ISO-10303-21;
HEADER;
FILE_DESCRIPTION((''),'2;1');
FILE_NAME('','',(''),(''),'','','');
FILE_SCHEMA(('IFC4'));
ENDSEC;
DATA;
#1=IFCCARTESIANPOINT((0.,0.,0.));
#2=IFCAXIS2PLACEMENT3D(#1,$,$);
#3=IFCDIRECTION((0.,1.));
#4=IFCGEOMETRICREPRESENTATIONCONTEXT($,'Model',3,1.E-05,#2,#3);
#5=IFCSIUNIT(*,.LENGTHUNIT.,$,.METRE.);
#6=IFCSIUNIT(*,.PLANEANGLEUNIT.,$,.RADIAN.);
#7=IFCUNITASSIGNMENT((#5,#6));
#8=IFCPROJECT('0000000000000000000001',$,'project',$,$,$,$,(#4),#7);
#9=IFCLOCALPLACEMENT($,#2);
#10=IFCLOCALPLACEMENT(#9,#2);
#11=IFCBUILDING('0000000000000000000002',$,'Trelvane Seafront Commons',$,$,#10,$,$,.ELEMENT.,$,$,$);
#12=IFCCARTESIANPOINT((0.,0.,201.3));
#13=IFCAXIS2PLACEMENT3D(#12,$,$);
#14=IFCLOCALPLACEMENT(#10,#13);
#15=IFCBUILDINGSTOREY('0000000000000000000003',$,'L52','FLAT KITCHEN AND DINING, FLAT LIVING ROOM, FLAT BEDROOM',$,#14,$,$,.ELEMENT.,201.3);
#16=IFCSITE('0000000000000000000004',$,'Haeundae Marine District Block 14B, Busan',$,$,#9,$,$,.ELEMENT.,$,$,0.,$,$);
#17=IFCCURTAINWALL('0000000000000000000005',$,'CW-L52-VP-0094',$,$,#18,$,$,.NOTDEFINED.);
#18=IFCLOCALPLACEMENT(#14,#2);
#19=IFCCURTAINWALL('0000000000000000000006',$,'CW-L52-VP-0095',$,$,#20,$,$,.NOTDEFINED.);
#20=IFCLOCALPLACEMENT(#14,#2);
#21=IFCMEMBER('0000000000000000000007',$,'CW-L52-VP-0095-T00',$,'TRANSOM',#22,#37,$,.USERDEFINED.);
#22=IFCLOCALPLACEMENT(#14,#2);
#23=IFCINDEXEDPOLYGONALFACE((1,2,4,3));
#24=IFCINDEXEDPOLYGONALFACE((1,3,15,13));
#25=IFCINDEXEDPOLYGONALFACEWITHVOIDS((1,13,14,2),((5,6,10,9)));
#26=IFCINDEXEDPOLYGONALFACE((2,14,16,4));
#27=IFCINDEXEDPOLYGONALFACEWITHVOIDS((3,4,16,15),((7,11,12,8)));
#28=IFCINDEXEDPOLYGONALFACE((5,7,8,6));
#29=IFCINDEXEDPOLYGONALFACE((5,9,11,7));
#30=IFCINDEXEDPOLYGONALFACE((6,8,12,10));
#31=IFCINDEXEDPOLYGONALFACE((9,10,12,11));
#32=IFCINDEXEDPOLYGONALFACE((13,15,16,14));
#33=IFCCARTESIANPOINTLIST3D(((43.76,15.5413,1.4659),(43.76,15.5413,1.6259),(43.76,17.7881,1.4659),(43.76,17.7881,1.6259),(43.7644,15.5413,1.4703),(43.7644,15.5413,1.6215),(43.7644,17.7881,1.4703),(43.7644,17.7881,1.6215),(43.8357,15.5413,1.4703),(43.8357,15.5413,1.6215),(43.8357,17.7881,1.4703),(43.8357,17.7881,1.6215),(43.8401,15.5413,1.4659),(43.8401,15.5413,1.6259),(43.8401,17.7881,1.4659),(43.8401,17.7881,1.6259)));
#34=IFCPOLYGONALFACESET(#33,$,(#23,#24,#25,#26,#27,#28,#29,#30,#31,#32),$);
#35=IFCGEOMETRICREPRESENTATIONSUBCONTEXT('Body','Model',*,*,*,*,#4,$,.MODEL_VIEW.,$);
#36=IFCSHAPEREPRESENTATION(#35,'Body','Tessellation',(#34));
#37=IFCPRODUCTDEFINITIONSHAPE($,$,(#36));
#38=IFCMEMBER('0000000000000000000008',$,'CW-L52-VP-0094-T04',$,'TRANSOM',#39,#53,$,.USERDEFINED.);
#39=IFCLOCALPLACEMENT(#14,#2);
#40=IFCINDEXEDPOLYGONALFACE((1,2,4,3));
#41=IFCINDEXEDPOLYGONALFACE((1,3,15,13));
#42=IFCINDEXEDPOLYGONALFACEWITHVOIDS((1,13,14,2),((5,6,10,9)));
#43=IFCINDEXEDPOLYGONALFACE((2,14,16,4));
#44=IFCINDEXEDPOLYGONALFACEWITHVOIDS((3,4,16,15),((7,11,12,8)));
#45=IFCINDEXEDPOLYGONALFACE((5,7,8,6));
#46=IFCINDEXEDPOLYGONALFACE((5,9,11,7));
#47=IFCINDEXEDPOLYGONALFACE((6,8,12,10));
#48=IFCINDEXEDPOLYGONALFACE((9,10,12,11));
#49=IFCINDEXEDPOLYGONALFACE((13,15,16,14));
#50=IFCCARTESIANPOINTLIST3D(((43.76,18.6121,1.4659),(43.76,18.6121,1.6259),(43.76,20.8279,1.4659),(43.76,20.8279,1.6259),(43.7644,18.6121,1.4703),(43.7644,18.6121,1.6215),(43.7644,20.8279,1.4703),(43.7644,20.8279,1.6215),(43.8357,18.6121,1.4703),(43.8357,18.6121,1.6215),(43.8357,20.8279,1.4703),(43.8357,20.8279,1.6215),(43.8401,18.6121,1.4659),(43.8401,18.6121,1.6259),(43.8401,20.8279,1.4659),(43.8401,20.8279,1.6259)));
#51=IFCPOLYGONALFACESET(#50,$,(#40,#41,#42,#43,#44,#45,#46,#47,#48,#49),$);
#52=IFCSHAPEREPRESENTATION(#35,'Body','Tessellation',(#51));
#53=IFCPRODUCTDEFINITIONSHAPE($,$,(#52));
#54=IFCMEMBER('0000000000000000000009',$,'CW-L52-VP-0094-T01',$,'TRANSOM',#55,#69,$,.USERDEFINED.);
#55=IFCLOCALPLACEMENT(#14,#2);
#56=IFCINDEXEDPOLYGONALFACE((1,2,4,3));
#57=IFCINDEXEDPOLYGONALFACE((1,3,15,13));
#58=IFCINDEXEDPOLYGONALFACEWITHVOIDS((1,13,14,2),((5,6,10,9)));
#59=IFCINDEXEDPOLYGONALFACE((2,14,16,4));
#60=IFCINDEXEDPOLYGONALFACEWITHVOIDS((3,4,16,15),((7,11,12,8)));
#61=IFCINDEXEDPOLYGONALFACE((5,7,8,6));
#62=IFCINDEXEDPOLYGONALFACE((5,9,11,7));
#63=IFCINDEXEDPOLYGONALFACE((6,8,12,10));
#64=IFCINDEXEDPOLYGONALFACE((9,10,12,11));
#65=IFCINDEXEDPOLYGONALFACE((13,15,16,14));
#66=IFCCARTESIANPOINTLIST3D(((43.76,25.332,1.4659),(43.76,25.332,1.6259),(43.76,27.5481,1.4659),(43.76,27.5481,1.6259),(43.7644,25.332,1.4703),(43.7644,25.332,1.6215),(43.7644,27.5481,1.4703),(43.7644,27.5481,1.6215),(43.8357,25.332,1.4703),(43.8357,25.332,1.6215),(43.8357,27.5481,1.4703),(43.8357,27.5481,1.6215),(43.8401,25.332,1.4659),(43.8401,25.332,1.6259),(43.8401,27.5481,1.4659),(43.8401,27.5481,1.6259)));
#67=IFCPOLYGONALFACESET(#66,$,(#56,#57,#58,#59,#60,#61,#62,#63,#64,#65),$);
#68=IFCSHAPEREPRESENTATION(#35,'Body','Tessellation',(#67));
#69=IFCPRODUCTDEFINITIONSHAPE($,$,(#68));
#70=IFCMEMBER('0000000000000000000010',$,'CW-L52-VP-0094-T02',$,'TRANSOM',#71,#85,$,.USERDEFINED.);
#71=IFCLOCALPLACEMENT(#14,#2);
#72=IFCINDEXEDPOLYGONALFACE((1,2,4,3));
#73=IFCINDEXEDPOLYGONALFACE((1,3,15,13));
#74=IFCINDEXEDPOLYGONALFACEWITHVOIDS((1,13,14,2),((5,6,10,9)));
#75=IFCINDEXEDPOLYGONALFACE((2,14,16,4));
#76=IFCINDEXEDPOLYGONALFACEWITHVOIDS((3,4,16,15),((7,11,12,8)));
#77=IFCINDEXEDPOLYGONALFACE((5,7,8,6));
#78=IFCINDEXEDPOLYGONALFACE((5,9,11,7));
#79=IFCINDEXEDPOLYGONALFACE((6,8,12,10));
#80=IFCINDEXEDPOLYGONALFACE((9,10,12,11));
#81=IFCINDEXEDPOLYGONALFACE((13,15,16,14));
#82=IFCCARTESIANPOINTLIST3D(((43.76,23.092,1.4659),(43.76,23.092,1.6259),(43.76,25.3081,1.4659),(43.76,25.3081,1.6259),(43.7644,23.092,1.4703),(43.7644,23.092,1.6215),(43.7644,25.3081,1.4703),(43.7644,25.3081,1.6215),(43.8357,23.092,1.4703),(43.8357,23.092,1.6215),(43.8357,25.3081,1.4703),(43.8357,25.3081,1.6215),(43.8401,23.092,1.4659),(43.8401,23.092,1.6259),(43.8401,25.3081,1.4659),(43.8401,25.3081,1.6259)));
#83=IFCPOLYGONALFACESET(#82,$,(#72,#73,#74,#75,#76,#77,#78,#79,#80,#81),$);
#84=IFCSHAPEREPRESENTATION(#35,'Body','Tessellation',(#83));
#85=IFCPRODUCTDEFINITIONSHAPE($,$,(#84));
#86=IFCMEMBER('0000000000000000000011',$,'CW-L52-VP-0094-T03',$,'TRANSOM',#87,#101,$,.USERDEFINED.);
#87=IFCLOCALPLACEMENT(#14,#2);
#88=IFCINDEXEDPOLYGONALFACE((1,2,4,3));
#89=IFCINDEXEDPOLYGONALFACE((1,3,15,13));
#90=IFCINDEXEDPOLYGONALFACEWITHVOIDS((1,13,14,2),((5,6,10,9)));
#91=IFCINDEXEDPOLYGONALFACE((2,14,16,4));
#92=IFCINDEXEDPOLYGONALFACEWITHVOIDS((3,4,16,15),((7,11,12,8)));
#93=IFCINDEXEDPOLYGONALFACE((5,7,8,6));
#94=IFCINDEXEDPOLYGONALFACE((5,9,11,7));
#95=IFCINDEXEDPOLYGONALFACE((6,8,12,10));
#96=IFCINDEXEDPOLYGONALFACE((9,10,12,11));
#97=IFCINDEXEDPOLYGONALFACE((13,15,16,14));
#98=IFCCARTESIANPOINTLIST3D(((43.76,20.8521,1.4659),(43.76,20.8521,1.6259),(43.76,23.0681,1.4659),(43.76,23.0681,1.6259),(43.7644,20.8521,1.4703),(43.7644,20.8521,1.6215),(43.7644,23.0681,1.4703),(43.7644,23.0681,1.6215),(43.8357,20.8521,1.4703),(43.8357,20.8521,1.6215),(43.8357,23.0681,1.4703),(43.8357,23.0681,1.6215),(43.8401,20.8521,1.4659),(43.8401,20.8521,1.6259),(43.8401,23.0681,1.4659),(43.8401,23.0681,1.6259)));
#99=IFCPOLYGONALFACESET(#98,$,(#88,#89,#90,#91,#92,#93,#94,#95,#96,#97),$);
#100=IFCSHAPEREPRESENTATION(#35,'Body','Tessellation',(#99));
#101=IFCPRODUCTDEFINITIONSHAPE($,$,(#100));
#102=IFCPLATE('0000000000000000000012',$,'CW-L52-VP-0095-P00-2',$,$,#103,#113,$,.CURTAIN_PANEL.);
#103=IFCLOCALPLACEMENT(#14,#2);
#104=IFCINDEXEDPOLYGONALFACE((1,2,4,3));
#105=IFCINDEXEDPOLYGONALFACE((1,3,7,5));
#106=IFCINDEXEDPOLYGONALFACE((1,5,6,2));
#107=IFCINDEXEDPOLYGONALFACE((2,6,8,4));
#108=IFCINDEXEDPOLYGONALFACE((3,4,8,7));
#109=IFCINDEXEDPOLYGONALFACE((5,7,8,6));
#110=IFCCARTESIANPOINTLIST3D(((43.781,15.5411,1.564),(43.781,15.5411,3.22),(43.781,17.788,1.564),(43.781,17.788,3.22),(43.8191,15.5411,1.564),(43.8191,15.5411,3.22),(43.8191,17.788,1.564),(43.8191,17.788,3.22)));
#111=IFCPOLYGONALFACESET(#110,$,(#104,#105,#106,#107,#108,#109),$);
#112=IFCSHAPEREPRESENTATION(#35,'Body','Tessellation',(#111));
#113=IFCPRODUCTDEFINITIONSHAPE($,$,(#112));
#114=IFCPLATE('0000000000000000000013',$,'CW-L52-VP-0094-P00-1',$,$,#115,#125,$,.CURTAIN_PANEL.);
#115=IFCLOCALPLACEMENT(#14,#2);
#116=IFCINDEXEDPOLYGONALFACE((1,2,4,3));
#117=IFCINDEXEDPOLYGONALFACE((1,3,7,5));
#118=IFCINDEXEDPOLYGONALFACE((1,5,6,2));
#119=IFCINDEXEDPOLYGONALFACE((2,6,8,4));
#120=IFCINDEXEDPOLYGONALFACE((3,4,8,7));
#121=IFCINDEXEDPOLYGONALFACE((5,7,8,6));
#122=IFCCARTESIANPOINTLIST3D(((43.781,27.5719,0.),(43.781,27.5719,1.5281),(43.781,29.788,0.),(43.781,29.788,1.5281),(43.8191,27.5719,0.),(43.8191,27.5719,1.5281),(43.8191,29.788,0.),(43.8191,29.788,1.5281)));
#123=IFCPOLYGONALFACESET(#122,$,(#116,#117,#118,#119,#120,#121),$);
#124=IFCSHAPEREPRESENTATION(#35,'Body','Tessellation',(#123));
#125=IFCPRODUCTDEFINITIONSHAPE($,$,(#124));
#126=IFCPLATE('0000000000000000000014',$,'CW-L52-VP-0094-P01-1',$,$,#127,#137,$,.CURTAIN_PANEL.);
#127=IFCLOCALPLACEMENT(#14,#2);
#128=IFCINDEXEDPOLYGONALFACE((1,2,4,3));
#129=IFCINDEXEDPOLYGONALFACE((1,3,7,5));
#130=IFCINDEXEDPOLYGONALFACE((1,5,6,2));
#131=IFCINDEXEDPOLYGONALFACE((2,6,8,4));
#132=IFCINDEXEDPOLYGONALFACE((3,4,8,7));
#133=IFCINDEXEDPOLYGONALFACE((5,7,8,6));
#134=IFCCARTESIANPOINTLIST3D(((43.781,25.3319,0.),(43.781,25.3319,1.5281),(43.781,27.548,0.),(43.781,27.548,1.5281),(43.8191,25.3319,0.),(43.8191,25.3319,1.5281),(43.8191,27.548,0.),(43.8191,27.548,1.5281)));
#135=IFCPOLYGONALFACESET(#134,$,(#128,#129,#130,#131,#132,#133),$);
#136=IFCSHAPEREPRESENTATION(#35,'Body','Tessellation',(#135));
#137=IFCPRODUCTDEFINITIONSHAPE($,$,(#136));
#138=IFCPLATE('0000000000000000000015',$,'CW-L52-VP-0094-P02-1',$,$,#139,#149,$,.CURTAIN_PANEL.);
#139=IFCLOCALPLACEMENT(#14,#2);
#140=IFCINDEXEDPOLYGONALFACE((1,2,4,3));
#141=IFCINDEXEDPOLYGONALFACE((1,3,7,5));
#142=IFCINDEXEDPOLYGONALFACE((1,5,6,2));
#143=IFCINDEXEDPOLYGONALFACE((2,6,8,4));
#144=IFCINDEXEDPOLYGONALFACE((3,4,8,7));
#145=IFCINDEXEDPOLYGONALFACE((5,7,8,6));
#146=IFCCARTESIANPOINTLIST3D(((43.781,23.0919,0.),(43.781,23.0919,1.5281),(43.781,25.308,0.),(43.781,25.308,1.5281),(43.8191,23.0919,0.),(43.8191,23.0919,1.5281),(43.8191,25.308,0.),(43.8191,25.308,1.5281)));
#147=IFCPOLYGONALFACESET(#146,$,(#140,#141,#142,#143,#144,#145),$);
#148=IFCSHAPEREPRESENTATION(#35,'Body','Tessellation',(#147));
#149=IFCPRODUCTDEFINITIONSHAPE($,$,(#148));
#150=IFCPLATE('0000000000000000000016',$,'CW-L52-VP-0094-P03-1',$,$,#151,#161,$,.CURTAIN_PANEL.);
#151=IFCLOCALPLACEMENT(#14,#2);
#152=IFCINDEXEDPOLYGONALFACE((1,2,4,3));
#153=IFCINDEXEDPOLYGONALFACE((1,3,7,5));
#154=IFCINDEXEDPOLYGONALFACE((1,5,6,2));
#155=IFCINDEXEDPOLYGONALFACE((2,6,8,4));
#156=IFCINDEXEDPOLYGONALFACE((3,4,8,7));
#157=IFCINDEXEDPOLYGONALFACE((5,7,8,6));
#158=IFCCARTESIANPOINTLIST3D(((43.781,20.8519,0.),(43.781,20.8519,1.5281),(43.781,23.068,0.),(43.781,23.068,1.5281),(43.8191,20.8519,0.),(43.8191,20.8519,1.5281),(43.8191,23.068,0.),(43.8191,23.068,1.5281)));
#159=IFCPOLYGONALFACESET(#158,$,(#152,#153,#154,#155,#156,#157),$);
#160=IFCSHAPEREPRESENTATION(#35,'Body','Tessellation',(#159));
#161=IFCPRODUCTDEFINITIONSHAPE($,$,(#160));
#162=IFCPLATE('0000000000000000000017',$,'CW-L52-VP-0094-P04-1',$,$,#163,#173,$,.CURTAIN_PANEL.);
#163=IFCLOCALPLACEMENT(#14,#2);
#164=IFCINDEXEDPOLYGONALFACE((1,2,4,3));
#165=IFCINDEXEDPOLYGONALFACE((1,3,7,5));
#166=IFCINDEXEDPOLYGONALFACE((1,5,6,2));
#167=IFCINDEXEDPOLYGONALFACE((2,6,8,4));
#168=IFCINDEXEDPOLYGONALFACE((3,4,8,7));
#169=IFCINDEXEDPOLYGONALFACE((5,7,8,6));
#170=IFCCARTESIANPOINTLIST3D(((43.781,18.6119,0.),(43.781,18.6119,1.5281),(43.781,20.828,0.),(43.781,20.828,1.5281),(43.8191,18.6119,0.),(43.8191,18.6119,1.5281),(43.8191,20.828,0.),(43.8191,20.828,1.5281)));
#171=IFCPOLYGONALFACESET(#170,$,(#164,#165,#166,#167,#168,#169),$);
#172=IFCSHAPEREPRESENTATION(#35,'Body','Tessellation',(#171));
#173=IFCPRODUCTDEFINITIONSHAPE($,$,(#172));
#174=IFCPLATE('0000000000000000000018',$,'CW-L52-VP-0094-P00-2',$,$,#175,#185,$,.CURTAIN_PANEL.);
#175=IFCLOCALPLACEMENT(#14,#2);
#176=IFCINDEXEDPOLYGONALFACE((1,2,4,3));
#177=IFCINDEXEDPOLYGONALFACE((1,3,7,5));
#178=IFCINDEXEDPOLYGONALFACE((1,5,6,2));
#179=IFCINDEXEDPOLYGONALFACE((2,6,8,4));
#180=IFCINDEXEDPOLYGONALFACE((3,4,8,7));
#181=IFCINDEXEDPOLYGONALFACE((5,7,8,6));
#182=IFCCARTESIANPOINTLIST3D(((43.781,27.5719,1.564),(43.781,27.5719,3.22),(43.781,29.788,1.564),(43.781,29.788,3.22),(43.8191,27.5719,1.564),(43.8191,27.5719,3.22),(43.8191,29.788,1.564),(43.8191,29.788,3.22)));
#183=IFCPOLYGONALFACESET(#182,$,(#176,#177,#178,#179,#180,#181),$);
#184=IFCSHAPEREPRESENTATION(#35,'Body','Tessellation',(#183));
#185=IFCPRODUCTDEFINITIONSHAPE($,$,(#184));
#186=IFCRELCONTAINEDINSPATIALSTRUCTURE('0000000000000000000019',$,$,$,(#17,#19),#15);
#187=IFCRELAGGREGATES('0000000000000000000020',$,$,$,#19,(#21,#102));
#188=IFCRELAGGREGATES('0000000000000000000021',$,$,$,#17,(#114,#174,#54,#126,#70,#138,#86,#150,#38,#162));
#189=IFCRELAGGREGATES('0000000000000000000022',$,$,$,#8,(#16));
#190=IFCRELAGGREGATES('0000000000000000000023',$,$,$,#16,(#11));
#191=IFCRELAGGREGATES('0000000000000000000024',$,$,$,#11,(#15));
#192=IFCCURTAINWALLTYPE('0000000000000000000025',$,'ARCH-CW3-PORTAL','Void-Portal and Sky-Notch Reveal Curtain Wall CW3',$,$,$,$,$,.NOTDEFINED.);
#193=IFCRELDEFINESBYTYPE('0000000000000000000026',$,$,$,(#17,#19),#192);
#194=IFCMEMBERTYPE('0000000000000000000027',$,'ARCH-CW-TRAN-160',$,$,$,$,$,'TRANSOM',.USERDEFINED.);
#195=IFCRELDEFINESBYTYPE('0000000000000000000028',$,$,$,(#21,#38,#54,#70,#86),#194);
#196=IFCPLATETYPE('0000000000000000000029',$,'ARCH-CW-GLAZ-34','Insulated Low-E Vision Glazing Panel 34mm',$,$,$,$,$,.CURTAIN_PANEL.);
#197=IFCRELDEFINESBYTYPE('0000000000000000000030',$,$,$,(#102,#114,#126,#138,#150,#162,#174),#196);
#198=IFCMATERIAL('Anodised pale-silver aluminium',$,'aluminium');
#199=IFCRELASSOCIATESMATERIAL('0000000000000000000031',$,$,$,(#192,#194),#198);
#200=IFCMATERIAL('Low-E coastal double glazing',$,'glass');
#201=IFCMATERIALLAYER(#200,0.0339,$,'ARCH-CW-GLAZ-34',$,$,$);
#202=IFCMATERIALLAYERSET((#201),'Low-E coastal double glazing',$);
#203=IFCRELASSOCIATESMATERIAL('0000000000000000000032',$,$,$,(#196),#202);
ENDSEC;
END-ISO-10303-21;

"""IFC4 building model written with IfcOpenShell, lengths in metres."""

from ifc_helpers import new_model, si_unit, direction, frame, origin, origin_2d, place, context, subcontext, project, spatial, rectangle, hollow_rectangle, extrude, source, transform, mapped, material, layer, layer_set, material_profile, profile_set, type_object, element, aggregate, save


model = new_model("IFC4")

# Units and contexts
model_context = context("Model", 3, precision=1e-05, world=origin(), true_north=direction((0.0, 1.0)))
body_context = subcontext(model_context, "Body", "Model", "MODEL_VIEW")
ifc_project = project(units=[si_unit("LENGTHUNIT", "METRE"), si_unit("PLANEANGLEUNIT", "RADIAN")], contexts=[model_context])

# Site, building, storey
site_placement = place(None, origin())
site = spatial("IfcSite", under=ifc_project, at=site_placement, Name="Haeundae Marine District Block 14B, Busan", CompositionType="ELEMENT", RefElevation=0.0)
building_placement = place(site_placement, origin())
building = spatial("IfcBuilding", under=site, at=building_placement, Name="Trelvane Seafront Commons", CompositionType="ELEMENT")
storey_placement = place(building_placement, frame((0.0, 0.0, 201.3)))
storey = spatial("IfcBuildingStorey", under=building, at=storey_placement, Name="L52", Description="FLAT KITCHEN AND DINING, FLAT LIVING ROOM, FLAT BEDROOM", CompositionType="ELEMENT", Elevation=201.3)

# Shared definitions
ifc_material_1 = material(Name="Anodised pale-silver aluminium", Category="aluminium")
curtain_wall_type = type_object("IfcCurtainWallType", Name="ARCH-CW3-PORTAL", Description="Void-Portal and Sky-Notch Reveal Curtain Wall CW3", PredefinedType="NOTDEFINED", material=ifc_material_1)

# Curtain walls, member
curtain_wall_1_placement = place(storey_placement, origin())
curtain_wall_1 = element("IfcCurtainWall", 1, at=curtain_wall_1_placement, inside=storey, type_object=curtain_wall_type, Name="CW-L52-VP-0094", PredefinedType="NOTDEFINED")
curtain_wall_2_placement = place(storey_placement, origin())
curtain_wall_2 = element("IfcCurtainWall", 2, at=curtain_wall_2_placement, inside=storey, type_object=curtain_wall_type, Name="CW-L52-VP-0095", PredefinedType="NOTDEFINED")
ifc_material_profile_1 = material_profile(ifc_material_1, hollow_rectangle(XDim=0.0801, YDim=0.1599, WallThickness=0.0044, at=origin_2d()), Name="TRAN-80x160x4.5")
ifc_profile_set_1 = profile_set([ifc_material_profile_1], Name="Anodised pale-silver aluminium")
member_type_1 = type_object("IfcMemberType", Name="ARCH-CW-TRAN-160", ElementType="TRANSOM", PredefinedType="USERDEFINED", material=ifc_profile_set_1)
shared_shape_1 = source(origin(), body_context, "Body", "SweptSolid", [
    extrude(hollow_rectangle(XDim=0.0801, YDim=0.1599, WallThickness=0.0044, at=origin_2d()), origin(), (0.0, 0.0, 1.0), 2.2468),
])
member_1_placement = place(storey_placement, frame((43.8, 17.7881, 1.5459), z_axis=(0.0, -1.0, 0.0), x_axis=(1.0, 0.0, 0.0)))
member_1 = element("IfcMember", 3, at=member_1_placement, type_object=member_type_1, Name="CW-L52-VP-0095-T00", ObjectType="TRANSOM", PredefinedType="USERDEFINED", context=body_context, shape_type="MappedRepresentation", body=[
    mapped(shared_shape_1, transform((0.0, 0.0, 0.0), x_axis=(1.0, 0.0, 0.0), y_axis=(0.0, 1.0, 0.0), z_axis=(0.0, 0.0, 1.0), scale=1.0)),
])

# Members
shared_shape_2 = source(origin(), body_context, "Body", "SweptSolid", [
    extrude(hollow_rectangle(XDim=0.0801, YDim=0.1599, WallThickness=0.0044, at=origin_2d()), origin(), (0.0, 0.0, 1.0), 2.2158),
])
member_2_placement = place(storey_placement, frame((43.8, 20.8279, 1.5459), z_axis=(0.0, -1.0, 0.0), x_axis=(1.0, 0.0, 0.0)))
member_2 = element("IfcMember", 4, at=member_2_placement, type_object=member_type_1, Name="CW-L52-VP-0094-T04", ObjectType="TRANSOM", PredefinedType="USERDEFINED", context=body_context, shape_type="MappedRepresentation", body=[
    mapped(shared_shape_2, transform((0.0, 0.0, 0.0), x_axis=(1.0, 0.0, 0.0), y_axis=(0.0, 1.0, 0.0), z_axis=(0.0, 0.0, 1.0), scale=1.0)),
])
shared_shape_3 = source(origin(), body_context, "Body", "SweptSolid", [
    extrude(hollow_rectangle(XDim=0.0801, YDim=0.1599, WallThickness=0.0044, at=origin_2d()), origin(), (0.0, 0.0, 1.0), 2.2161),
])
member_3_placement = place(storey_placement, frame((43.8, 27.5481, 1.5459), z_axis=(0.0, -1.0, 0.0), x_axis=(1.0, 0.0, 0.0)))
member_3 = element("IfcMember", 5, at=member_3_placement, type_object=member_type_1, Name="CW-L52-VP-0094-T01", ObjectType="TRANSOM", PredefinedType="USERDEFINED", context=body_context, shape_type="MappedRepresentation", body=[
    mapped(shared_shape_3, transform((0.0, 0.0, 0.0), x_axis=(1.0, 0.0, 0.0), y_axis=(0.0, 1.0, 0.0), z_axis=(0.0, 0.0, 1.0), scale=1.0)),
])
member_4_placement = place(storey_placement, frame((43.8, 25.3081, 1.5459), z_axis=(0.0, -1.0, 0.0), x_axis=(1.0, 0.0, 0.0)))
member_4 = element("IfcMember", 6, at=member_4_placement, type_object=member_type_1, Name="CW-L52-VP-0094-T02", ObjectType="TRANSOM", PredefinedType="USERDEFINED", context=body_context, shape_type="MappedRepresentation", body=[
    mapped(shared_shape_3, transform((0.0, 0.0, 0.0), x_axis=(1.0, 0.0, 0.0), y_axis=(0.0, 1.0, 0.0), z_axis=(0.0, 0.0, 1.0), scale=1.0)),
])
member_5_placement = place(storey_placement, frame((43.8, 23.0681, 1.5459), z_axis=(0.0, -1.0, 0.0), x_axis=(1.0, 0.0, 0.0)))
member_5 = element("IfcMember", 7, at=member_5_placement, type_object=member_type_1, Name="CW-L52-VP-0094-T03", ObjectType="TRANSOM", PredefinedType="USERDEFINED", context=body_context, shape_type="MappedRepresentation", body=[
    mapped(shared_shape_3, transform((0.0, 0.0, 0.0), x_axis=(1.0, 0.0, 0.0), y_axis=(0.0, 1.0, 0.0), z_axis=(0.0, 0.0, 1.0), scale=1.0)),
])

# Plates
ifc_material_2 = material(Name="Low-E coastal double glazing", Category="glass")
ifc_layer_1 = layer(ifc_material_2, 0.0339, Name="ARCH-CW-GLAZ-34")
ifc_layer_set_1 = layer_set([ifc_layer_1], Name="Low-E coastal double glazing")
plate_type = type_object("IfcPlateType", Name="ARCH-CW-GLAZ-34", Description="Insulated Low-E Vision Glazing Panel 34mm", PredefinedType="CURTAIN_PANEL", material=ifc_layer_set_1)
shared_shape_4 = source(origin(), body_context, "Body", "SweptSolid", [
    extrude(rectangle(XDim=2.2468, YDim=0.0381, at=origin_2d()), origin(), (0.0, 0.0, 1.0), 1.656),
])
plate_1_placement = place(storey_placement, frame((43.8, 16.6646, 1.564), z_axis=(0.0, 0.0, 1.0), x_axis=(0.0, -1.0, 0.0)))
plate_1 = element("IfcPlate", 8, at=plate_1_placement, type_object=plate_type, Name="CW-L52-VP-0095-P00-2", PredefinedType="CURTAIN_PANEL", context=body_context, shape_type="MappedRepresentation", body=[
    mapped(shared_shape_4, transform((0.0, 0.0, 0.0), x_axis=(1.0, 0.0, 0.0), y_axis=(0.0, 1.0, 0.0), z_axis=(0.0, 0.0, 1.0), scale=1.0)),
])
aggregate(curtain_wall_2, [member_1, plate_1])
shared_shape_5 = source(origin(), body_context, "Body", "SweptSolid", [
    extrude(rectangle(XDim=2.2161, YDim=0.0381, at=origin_2d()), origin(), (0.0, 0.0, 1.0), 1.5281),
])
plate_2_placement = place(storey_placement, frame((43.8, 28.6799, 0.0), z_axis=(0.0, 0.0, 1.0), x_axis=(0.0, -1.0, 0.0)))
plate_2 = element("IfcPlate", 9, at=plate_2_placement, type_object=plate_type, Name="CW-L52-VP-0094-P00-1", PredefinedType="CURTAIN_PANEL", context=body_context, shape_type="MappedRepresentation", body=[
    mapped(shared_shape_5, transform((0.0, 0.0, 0.0), x_axis=(1.0, 0.0, 0.0), y_axis=(0.0, 1.0, 0.0), z_axis=(0.0, 0.0, 1.0), scale=1.0)),
])
plate_3_placement = place(storey_placement, frame((43.8, 26.4399, 0.0), z_axis=(0.0, 0.0, 1.0), x_axis=(0.0, -1.0, 0.0)))
plate_3 = element("IfcPlate", 10, at=plate_3_placement, type_object=plate_type, Name="CW-L52-VP-0094-P01-1", PredefinedType="CURTAIN_PANEL", context=body_context, shape_type="MappedRepresentation", body=[
    mapped(shared_shape_5, transform((0.0, 0.0, 0.0), x_axis=(1.0, 0.0, 0.0), y_axis=(0.0, 1.0, 0.0), z_axis=(0.0, 0.0, 1.0), scale=1.0)),
])
plate_4_placement = place(storey_placement, frame((43.8, 24.2, 0.0), z_axis=(0.0, 0.0, 1.0), x_axis=(0.0, -1.0, 0.0)))
plate_4 = element("IfcPlate", 11, at=plate_4_placement, type_object=plate_type, Name="CW-L52-VP-0094-P02-1", PredefinedType="CURTAIN_PANEL", context=body_context, shape_type="MappedRepresentation", body=[
    mapped(shared_shape_5, transform((0.0, 0.0, 0.0), x_axis=(1.0, 0.0, 0.0), y_axis=(0.0, 1.0, 0.0), z_axis=(0.0, 0.0, 1.0), scale=1.0)),
])
plate_5_placement = place(storey_placement, frame((43.8, 21.96, 0.0), z_axis=(0.0, 0.0, 1.0), x_axis=(0.0, -1.0, 0.0)))
plate_5 = element("IfcPlate", 12, at=plate_5_placement, type_object=plate_type, Name="CW-L52-VP-0094-P03-1", PredefinedType="CURTAIN_PANEL", context=body_context, shape_type="MappedRepresentation", body=[
    mapped(shared_shape_5, transform((0.0, 0.0, 0.0), x_axis=(1.0, 0.0, 0.0), y_axis=(0.0, 1.0, 0.0), z_axis=(0.0, 0.0, 1.0), scale=1.0)),
])
plate_6_placement = place(storey_placement, frame((43.8, 19.72, 0.0), z_axis=(0.0, 0.0, 1.0), x_axis=(0.0, -1.0, 0.0)))
plate_6 = element("IfcPlate", 13, at=plate_6_placement, type_object=plate_type, Name="CW-L52-VP-0094-P04-1", PredefinedType="CURTAIN_PANEL", context=body_context, shape_type="MappedRepresentation", body=[
    mapped(shared_shape_5, transform((0.0, 0.0, 0.0), x_axis=(1.0, 0.0, 0.0), y_axis=(0.0, 1.0, 0.0), z_axis=(0.0, 0.0, 1.0), scale=1.0)),
])
shared_shape_6 = source(origin(), body_context, "Body", "SweptSolid", [
    extrude(rectangle(XDim=2.2161, YDim=0.0381, at=origin_2d()), origin(), (0.0, 0.0, 1.0), 1.656),
])
plate_7_placement = place(storey_placement, frame((43.8, 28.6799, 1.564), z_axis=(0.0, 0.0, 1.0), x_axis=(0.0, -1.0, 0.0)))
plate_7 = element("IfcPlate", 14, at=plate_7_placement, type_object=plate_type, Name="CW-L52-VP-0094-P00-2", PredefinedType="CURTAIN_PANEL", context=body_context, shape_type="MappedRepresentation", body=[
    mapped(shared_shape_6, transform((0.0, 0.0, 0.0), x_axis=(1.0, 0.0, 0.0), y_axis=(0.0, 1.0, 0.0), z_axis=(0.0, 0.0, 1.0), scale=1.0)),
])
aggregate(curtain_wall_1, [plate_2, plate_7, member_3, plate_3, member_4, plate_4, member_5, plate_5, member_2, plate_6])

save(model, "model.ifc")
